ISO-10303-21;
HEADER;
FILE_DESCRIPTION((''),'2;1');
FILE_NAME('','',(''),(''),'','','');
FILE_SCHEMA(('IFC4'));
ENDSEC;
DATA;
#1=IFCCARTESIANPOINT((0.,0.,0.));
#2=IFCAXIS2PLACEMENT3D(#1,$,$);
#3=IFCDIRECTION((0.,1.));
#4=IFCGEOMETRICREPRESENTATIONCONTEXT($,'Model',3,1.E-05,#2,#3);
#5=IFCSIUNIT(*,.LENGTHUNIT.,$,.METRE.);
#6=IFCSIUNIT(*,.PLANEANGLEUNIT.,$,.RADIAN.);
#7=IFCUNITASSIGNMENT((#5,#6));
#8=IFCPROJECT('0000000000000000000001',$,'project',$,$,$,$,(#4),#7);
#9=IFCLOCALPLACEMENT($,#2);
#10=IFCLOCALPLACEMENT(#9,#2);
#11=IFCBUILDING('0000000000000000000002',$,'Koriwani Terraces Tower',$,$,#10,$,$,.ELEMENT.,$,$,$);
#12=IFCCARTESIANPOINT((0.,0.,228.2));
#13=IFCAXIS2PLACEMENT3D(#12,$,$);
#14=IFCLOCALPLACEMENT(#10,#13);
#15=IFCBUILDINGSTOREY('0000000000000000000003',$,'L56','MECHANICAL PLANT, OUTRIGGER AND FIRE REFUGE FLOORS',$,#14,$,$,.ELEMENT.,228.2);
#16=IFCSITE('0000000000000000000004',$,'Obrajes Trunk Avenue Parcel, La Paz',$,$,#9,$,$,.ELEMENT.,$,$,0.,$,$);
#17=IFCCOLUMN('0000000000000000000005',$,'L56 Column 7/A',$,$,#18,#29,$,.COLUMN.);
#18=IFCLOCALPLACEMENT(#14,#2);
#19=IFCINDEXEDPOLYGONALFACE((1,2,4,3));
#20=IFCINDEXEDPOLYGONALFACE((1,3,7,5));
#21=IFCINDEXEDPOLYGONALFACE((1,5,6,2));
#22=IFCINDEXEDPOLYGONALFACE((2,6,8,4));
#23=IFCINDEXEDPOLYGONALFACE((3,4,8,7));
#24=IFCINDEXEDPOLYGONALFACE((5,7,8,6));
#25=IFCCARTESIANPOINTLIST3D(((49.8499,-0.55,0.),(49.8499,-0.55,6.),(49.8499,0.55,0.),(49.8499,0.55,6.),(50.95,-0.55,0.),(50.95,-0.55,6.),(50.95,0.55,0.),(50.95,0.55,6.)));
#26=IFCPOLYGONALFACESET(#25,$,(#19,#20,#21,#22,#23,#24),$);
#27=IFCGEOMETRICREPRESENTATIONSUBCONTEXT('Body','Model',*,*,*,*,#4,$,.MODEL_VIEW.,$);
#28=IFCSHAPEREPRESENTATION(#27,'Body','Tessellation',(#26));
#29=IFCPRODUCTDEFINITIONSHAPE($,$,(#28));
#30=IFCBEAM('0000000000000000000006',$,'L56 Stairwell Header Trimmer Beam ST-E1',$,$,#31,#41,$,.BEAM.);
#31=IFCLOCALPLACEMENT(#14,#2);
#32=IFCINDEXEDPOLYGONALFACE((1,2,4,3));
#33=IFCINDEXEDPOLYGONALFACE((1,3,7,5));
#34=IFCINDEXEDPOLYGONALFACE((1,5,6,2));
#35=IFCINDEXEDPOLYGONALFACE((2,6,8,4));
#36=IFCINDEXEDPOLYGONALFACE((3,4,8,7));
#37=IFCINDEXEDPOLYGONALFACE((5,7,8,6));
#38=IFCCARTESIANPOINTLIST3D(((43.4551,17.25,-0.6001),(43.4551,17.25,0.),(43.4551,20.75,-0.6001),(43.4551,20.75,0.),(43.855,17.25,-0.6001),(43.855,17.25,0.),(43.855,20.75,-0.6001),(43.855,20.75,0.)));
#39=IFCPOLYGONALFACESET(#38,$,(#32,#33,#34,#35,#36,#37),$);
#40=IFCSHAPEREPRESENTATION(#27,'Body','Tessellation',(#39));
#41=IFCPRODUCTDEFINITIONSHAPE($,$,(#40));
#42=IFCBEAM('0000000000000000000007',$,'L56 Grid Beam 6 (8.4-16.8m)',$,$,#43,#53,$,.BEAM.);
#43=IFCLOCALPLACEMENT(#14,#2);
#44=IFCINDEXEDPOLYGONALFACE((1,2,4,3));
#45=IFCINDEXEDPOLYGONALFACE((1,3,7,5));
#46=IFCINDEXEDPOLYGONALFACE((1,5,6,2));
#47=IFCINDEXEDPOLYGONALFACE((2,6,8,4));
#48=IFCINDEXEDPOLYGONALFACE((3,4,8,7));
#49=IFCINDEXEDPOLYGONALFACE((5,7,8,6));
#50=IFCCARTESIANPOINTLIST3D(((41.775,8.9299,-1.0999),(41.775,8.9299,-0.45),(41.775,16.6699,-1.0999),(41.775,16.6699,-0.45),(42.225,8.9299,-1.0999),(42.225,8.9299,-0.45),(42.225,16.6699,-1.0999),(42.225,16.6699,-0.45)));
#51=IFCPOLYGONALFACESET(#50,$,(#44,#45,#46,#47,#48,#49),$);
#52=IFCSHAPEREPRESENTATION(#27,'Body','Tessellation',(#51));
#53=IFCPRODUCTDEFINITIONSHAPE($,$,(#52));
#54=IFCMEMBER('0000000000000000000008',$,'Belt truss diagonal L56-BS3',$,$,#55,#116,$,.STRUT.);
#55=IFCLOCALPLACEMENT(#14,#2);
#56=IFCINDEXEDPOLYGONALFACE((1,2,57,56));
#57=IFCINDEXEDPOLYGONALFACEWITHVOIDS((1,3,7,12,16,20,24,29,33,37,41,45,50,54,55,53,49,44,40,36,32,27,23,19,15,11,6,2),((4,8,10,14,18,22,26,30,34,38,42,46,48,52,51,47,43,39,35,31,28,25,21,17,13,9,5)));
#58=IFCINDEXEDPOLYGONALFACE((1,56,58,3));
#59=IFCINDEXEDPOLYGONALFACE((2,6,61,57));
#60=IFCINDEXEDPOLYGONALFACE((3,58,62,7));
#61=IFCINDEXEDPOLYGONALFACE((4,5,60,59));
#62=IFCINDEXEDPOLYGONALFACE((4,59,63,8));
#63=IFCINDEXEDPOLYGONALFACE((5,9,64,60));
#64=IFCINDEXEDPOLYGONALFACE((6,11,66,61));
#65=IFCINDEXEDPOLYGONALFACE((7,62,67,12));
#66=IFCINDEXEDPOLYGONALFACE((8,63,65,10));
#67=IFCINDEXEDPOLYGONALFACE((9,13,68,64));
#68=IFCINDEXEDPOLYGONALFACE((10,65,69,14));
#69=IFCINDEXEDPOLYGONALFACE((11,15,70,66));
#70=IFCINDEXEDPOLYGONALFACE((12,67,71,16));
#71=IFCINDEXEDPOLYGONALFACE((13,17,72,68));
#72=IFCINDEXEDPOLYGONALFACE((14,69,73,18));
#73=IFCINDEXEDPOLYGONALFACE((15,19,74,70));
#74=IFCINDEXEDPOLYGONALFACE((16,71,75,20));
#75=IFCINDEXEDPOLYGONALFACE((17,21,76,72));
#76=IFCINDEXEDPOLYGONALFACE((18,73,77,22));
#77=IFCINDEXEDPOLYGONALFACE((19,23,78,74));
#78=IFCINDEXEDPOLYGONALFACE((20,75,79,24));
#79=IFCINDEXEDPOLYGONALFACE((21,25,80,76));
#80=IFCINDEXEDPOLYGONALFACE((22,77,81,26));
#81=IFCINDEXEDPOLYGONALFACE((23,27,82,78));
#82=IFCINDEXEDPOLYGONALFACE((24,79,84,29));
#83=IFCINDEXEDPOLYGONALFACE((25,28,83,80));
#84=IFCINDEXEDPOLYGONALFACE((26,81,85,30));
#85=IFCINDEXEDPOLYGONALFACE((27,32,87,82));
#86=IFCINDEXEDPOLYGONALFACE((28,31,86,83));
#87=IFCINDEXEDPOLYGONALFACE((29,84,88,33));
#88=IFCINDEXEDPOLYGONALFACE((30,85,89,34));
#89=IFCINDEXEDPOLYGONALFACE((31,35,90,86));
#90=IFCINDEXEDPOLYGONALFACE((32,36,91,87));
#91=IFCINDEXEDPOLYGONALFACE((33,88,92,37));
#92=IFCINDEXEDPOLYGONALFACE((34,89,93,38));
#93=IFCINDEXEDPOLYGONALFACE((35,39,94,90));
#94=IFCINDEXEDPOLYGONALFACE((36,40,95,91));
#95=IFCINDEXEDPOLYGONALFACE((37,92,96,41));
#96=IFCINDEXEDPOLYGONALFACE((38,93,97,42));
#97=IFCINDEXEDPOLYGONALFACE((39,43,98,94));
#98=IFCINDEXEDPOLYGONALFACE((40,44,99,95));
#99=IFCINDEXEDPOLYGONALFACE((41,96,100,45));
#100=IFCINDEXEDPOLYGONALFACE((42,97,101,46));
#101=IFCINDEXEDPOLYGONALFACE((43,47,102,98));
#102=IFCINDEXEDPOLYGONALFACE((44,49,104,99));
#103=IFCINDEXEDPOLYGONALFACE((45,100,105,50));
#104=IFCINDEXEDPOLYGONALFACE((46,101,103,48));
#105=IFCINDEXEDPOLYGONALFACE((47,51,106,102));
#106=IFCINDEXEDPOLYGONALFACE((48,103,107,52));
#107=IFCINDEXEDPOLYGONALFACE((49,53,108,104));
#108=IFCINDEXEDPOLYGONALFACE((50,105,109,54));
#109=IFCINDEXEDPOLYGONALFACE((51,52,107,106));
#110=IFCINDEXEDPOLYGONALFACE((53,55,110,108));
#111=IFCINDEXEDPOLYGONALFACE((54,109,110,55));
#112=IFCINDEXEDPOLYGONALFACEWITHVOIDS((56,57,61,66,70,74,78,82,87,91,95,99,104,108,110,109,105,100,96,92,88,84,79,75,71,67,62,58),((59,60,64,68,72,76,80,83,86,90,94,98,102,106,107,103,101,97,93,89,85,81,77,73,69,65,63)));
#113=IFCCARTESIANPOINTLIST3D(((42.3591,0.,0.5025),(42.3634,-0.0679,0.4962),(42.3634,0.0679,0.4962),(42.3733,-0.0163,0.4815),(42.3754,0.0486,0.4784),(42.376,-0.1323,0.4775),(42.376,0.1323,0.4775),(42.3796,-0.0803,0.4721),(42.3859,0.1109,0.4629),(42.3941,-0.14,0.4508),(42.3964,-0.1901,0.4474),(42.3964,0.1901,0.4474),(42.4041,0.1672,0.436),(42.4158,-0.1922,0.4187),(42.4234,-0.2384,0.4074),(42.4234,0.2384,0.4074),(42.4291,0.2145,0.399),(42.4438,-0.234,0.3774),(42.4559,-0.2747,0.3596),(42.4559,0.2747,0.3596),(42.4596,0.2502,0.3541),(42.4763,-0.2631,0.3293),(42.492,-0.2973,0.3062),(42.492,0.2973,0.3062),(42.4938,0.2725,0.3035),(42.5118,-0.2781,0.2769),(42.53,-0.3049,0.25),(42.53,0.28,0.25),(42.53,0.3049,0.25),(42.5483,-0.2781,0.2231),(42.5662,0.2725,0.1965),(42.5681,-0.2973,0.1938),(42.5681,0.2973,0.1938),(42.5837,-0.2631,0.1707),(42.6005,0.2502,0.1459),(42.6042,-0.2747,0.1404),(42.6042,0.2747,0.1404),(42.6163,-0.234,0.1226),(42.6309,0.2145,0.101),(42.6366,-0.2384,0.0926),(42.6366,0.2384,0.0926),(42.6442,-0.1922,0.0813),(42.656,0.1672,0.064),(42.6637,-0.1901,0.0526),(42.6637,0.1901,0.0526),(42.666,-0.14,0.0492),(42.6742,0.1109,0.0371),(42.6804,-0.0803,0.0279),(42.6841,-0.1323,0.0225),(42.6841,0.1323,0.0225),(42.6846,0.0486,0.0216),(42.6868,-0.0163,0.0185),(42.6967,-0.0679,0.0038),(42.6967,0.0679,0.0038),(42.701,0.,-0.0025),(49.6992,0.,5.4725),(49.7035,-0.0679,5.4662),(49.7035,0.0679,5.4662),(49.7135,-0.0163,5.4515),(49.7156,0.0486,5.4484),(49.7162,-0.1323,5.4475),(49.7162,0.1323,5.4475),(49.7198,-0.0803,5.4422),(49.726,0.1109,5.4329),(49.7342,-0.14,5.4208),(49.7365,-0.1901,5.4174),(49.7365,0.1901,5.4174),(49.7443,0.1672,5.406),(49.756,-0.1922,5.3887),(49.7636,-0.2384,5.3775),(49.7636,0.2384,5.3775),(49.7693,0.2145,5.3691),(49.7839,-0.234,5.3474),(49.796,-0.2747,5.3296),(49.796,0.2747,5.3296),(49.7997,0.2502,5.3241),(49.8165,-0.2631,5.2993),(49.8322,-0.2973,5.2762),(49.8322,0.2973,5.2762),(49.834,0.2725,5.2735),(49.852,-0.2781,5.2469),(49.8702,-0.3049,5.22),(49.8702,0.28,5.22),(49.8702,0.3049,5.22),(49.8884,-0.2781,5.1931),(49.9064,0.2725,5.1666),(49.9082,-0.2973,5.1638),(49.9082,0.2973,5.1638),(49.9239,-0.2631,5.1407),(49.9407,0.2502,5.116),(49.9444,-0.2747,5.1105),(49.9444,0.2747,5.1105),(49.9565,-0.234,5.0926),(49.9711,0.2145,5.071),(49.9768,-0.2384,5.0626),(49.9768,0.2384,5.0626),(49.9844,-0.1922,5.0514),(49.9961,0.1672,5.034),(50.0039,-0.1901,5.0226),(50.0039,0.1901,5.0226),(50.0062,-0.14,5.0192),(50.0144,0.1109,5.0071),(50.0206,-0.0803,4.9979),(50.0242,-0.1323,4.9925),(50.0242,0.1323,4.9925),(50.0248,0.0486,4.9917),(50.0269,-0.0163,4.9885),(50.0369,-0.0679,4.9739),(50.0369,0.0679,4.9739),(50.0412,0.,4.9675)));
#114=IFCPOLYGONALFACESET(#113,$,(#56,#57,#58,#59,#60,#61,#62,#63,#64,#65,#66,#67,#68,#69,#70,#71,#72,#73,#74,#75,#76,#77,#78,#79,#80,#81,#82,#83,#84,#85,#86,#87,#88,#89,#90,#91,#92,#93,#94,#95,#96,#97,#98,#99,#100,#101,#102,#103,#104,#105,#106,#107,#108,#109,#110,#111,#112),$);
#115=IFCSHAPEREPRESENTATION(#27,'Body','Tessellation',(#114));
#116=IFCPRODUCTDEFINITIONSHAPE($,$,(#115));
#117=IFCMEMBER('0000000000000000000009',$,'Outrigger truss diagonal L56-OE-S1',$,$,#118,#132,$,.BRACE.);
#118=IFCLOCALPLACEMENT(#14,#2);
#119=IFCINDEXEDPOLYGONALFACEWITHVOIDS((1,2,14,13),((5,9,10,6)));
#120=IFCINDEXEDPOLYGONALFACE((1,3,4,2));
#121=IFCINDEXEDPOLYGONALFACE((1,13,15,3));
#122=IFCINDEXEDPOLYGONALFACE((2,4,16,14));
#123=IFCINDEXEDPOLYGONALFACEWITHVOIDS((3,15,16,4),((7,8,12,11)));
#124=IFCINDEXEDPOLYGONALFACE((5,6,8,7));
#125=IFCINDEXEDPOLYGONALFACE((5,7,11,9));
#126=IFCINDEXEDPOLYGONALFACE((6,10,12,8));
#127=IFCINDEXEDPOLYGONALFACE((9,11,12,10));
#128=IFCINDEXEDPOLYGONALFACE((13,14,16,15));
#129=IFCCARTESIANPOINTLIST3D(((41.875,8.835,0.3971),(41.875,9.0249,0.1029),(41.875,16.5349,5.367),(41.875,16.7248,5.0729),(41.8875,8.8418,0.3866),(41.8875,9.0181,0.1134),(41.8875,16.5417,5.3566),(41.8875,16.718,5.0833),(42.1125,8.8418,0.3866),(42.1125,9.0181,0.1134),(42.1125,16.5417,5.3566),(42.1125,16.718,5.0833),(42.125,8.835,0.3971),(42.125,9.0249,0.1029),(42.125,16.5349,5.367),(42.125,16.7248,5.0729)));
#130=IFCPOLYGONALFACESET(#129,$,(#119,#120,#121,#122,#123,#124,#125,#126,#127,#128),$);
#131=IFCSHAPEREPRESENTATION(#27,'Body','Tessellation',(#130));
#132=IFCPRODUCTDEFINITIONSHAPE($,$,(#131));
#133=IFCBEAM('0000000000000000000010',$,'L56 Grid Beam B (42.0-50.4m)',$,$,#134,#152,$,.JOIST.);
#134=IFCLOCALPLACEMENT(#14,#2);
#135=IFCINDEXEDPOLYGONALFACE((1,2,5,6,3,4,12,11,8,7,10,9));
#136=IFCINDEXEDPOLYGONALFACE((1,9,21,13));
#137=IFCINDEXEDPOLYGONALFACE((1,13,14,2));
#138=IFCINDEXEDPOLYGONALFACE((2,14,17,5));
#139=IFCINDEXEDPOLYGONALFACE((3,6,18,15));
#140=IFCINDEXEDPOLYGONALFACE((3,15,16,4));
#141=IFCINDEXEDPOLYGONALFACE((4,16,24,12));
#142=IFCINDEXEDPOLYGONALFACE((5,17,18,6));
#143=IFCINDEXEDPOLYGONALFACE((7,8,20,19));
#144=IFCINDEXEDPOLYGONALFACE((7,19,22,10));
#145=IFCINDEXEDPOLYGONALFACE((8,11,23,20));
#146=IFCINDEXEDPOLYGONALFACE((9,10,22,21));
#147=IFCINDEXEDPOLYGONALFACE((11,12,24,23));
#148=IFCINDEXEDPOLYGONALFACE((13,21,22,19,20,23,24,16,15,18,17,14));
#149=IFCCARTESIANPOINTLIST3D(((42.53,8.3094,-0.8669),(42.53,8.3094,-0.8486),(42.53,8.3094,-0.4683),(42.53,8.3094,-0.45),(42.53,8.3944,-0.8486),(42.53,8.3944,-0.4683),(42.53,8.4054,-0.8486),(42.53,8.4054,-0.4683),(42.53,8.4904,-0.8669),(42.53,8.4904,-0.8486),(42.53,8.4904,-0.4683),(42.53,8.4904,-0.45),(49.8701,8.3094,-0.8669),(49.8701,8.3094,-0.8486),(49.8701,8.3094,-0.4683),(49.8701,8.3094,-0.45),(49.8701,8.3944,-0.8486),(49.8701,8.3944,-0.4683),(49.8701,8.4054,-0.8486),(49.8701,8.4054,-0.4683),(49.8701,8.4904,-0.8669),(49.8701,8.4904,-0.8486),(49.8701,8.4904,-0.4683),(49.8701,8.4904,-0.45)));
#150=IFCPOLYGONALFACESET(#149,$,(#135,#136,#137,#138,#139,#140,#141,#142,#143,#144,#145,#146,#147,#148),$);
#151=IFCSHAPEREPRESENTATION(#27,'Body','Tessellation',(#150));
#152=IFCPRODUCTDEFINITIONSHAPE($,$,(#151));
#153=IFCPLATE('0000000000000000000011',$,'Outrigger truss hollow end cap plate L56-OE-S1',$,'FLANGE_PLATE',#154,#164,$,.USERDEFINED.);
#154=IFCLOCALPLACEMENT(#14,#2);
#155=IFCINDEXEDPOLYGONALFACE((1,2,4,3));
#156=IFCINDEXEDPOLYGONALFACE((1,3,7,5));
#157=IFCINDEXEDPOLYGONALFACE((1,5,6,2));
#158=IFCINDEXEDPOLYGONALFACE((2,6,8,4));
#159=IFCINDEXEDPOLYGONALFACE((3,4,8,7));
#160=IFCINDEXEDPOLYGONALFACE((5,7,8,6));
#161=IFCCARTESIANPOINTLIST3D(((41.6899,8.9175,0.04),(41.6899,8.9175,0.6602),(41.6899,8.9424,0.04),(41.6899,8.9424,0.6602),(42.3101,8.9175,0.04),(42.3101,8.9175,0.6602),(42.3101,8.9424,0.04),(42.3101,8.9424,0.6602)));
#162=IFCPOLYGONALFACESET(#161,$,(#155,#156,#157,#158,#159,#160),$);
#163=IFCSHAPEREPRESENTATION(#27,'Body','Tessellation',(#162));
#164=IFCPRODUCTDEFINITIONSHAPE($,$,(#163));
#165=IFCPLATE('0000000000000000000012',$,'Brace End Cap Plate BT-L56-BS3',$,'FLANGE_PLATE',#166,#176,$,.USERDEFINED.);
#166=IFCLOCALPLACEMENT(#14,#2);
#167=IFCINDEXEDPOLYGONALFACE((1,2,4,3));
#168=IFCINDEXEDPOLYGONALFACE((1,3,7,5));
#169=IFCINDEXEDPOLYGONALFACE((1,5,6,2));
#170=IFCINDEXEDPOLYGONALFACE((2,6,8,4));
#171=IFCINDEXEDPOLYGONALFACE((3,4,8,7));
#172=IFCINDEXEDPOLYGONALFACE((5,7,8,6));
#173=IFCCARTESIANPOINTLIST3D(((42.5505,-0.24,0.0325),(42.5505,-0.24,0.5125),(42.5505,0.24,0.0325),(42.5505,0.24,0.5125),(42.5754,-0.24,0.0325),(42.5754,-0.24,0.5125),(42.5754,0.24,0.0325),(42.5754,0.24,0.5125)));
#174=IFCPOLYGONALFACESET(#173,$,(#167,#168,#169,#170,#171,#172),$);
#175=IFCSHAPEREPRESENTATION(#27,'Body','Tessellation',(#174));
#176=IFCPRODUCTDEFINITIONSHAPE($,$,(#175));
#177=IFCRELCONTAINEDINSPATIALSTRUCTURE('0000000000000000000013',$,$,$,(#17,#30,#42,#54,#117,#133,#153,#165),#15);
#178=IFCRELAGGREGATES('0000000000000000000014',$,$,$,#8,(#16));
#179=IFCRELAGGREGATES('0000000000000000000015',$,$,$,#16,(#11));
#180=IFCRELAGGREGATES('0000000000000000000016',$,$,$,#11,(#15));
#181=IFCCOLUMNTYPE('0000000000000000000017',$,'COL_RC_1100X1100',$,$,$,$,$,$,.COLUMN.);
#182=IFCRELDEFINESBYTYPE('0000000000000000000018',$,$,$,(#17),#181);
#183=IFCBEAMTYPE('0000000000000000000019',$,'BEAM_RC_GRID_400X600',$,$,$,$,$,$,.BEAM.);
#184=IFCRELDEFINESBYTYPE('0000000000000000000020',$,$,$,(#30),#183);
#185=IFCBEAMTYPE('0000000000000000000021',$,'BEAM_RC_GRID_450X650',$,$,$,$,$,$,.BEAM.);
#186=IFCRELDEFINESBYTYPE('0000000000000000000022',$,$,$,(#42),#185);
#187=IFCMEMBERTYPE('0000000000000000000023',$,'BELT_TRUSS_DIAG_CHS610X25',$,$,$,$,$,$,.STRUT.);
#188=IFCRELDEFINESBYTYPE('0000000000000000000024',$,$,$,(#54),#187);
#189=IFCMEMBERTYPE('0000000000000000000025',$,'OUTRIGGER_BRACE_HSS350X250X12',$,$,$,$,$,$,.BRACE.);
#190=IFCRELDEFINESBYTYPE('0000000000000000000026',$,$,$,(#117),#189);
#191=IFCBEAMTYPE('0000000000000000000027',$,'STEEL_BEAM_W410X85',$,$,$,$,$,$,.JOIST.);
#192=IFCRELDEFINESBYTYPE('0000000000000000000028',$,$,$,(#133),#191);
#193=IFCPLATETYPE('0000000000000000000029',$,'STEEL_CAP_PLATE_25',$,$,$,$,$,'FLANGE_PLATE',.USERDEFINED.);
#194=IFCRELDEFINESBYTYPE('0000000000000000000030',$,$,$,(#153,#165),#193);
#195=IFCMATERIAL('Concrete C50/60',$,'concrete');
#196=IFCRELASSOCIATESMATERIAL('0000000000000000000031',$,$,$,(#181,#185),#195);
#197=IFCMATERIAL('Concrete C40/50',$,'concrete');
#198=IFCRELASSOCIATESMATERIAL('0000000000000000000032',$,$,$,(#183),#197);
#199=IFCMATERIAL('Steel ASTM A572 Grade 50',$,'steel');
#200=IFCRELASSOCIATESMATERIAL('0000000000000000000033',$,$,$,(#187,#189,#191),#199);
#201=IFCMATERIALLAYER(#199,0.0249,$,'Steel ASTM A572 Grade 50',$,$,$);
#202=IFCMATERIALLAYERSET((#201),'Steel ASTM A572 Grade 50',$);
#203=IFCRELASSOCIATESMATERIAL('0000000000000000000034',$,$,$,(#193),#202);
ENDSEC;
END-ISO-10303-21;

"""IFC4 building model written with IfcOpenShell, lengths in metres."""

from ifc_helpers import new_model, si_unit, direction, frame, origin, origin_2d, place, context, subcontext, project, spatial, rectangle, hollow_rectangle, hollow_circle, i_section, extrude, material, layer, layer_set, material_profile, profile_set, type_object, element, save


model = new_model("IFC4")

# Units and contexts
model_context = context("Model", 3, precision=1e-05, world=origin(), true_north=direction((0.0, 1.0)))
body_context = subcontext(model_context, "Body", "Model", "MODEL_VIEW")
ifc_project = project(units=[si_unit("LENGTHUNIT", "METRE"), si_unit("PLANEANGLEUNIT", "RADIAN")], contexts=[model_context])

# Site, building, storey
site_placement = place(None, origin())
site = spatial("IfcSite", under=ifc_project, at=site_placement, Name="Obrajes Trunk Avenue Parcel, La Paz", CompositionType="ELEMENT", RefElevation=0.0)
building_placement = place(site_placement, origin())
building = spatial("IfcBuilding", under=site, at=building_placement, Name="Koriwani Terraces Tower", CompositionType="ELEMENT")
storey_placement = place(building_placement, frame((0.0, 0.0, 228.2)))
storey = spatial("IfcBuildingStorey", under=building, at=storey_placement, Name="L56", Description="MECHANICAL PLANT, OUTRIGGER AND FIRE REFUGE FLOORS", CompositionType="ELEMENT", Elevation=228.2)

# Column
ifc_material_1 = material(Name="Concrete C50/60", Category="concrete")
ifc_material_profile_1 = material_profile(ifc_material_1, rectangle(XDim=1.1001, YDim=1.1001, at=origin_2d()), Name="Concrete C50/60", Category="LoadBearing")
ifc_profile_set_1 = profile_set([ifc_material_profile_1], Name="Concrete C50/60")
column_type = type_object("IfcColumnType", Name="COL_RC_1100X1100", PredefinedType="COLUMN", material=ifc_profile_set_1)
column_placement = place(storey_placement, frame((50.3999, 0.0, 0.0), z_axis=(0.0, 0.0, 1.0), x_axis=(1.0, 0.0, 0.0)))
element("IfcColumn", 1, at=column_placement, inside=storey, type_object=column_type, Name="L56 Column 7/A", PredefinedType="COLUMN", context=body_context, shape_type="SweptSolid", body=[
    extrude(rectangle(XDim=1.1001, YDim=1.1001, at=origin_2d()), origin(), (0.0, 0.0, 1.0), 6.0),
])

# Beams
ifc_material_2 = material(Name="Concrete C40/50", Category="concrete")
ifc_material_profile_2 = material_profile(ifc_material_2, rectangle(XDim=0.3999, YDim=0.6001, at=origin_2d()), Name="Concrete C40/50", Category="LoadBearing")
ifc_profile_set_2 = profile_set([ifc_material_profile_2], Name="Concrete C40/50")
beam_type_1 = type_object("IfcBeamType", Name="BEAM_RC_GRID_400X600", PredefinedType="BEAM", material=ifc_profile_set_2)
beam_1_placement = place(storey_placement, frame((43.655, 17.25, -0.3), z_axis=(0.0, 1.0, 0.0), x_axis=(-1.0, 0.0, 0.0)))
element("IfcBeam", 2, at=beam_1_placement, inside=storey, type_object=beam_type_1, Name="L56 Stairwell Header Trimmer Beam ST-E1", PredefinedType="BEAM", context=body_context, shape_type="SweptSolid", body=[
    extrude(rectangle(XDim=0.3999, YDim=0.6001, at=origin_2d()), origin(), (0.0, 0.0, 1.0), 3.5),
])
ifc_material_profile_3 = material_profile(ifc_material_1, rectangle(XDim=0.45, YDim=0.6499, at=origin_2d()), Name="Concrete C50/60", Category="LoadBearing")
ifc_profile_set_3 = profile_set([ifc_material_profile_3], Name="Concrete C50/60")
beam_type_2 = type_object("IfcBeamType", Name="BEAM_RC_GRID_450X650", PredefinedType="BEAM", material=ifc_profile_set_3)
beam_2_placement = place(storey_placement, frame((42.0, 8.9299, -0.7749), z_axis=(0.0, 1.0, 0.0), x_axis=(-1.0, 0.0, 0.0)))
element("IfcBeam", 3, at=beam_2_placement, inside=storey, type_object=beam_type_2, Name="L56 Grid Beam 6 (8.4-16.8m)", PredefinedType="BEAM", context=body_context, shape_type="SweptSolid", body=[
    extrude(rectangle(XDim=0.45, YDim=0.6499, at=origin_2d()), origin(), (0.0, 0.0, 1.0), 7.74),
])

# Members
ifc_material_3 = material(Name="Steel ASTM A572 Grade 50", Category="steel")
ifc_material_profile_4 = material_profile(ifc_material_3, hollow_circle(Radius=0.3049, WallThickness=0.0249, at=origin_2d()), Name="Steel ASTM A572 Grade 50", Category="LoadBearing")
ifc_profile_set_4 = profile_set([ifc_material_profile_4], Name="Steel ASTM A572 Grade 50")
member_type_1 = type_object("IfcMemberType", Name="BELT_TRUSS_DIAG_CHS610X25", PredefinedType="STRUT", material=ifc_profile_set_4)
member_1_placement = place(storey_placement, frame((42.53, 0.0, 0.25), z_axis=(0.828042, 0.0, 0.560667), x_axis=(0.0, 1.0, 0.0)))
element("IfcMember", 4, at=member_1_placement, inside=storey, type_object=member_type_1, Name="Belt truss diagonal L56-BS3", PredefinedType="STRUT", context=body_context, shape_type="SweptSolid", body=[
    extrude(hollow_circle(Radius=0.3049, WallThickness=0.0249, at=origin_2d()), origin(), (0.0, 0.0, 1.0), 8.8645),
])
ifc_material_profile_5 = material_profile(ifc_material_3, hollow_rectangle(XDim=0.25, YDim=0.3501, WallThickness=0.0125, at=origin_2d()), Name="Steel ASTM A572 Grade 50", Category="LoadBearing")
ifc_profile_set_5 = profile_set([ifc_material_profile_5], Name="Steel ASTM A572 Grade 50")
member_type_2 = type_object("IfcMemberType", Name="OUTRIGGER_BRACE_HSS350X250X12", PredefinedType="BRACE", material=ifc_profile_set_5)
member_2_placement = place(storey_placement, frame((42.0, 8.9299, 0.25), z_axis=(0.0, 0.840184, 0.542301), x_axis=(-1.0, 0.0, 0.0)))
element("IfcMember", 5, at=member_2_placement, inside=storey, type_object=member_type_2, Name="Outrigger truss diagonal L56-OE-S1", PredefinedType="BRACE", context=body_context, shape_type="SweptSolid", body=[
    extrude(hollow_rectangle(XDim=0.25, YDim=0.3501, WallThickness=0.0125, at=origin_2d()), origin(), (0.0, 0.0, 1.0), 9.1646),
])

# Beam
ifc_material_profile_6 = material_profile(ifc_material_3, i_section(OverallWidth=0.1809, OverallDepth=0.417, WebThickness=0.011, FlangeThickness=0.0183, at=origin_2d()), Name="Steel ASTM A572 Grade 50", Category="LoadBearing")
ifc_profile_set_6 = profile_set([ifc_material_profile_6], Name="Steel ASTM A572 Grade 50")
beam_type_3 = type_object("IfcBeamType", Name="STEEL_BEAM_W410X85", PredefinedType="JOIST", material=ifc_profile_set_6)
beam_3_placement = place(storey_placement, frame((42.53, 8.3999, -0.6584), z_axis=(1.0, 0.0, 0.0), x_axis=(0.0, 1.0, 0.0)))
element("IfcBeam", 6, at=beam_3_placement, inside=storey, type_object=beam_type_3, Name="L56 Grid Beam B (42.0-50.4m)", PredefinedType="JOIST", context=body_context, shape_type="SweptSolid", body=[
    extrude(i_section(OverallWidth=0.1809, OverallDepth=0.417, WebThickness=0.011, FlangeThickness=0.0183, at=origin_2d()), origin(), (0.0, 0.0, 1.0), 7.3401),
])

# Plates
ifc_layer_1 = layer(ifc_material_3, 0.0249, Name="Steel ASTM A572 Grade 50")
ifc_layer_set_1 = layer_set([ifc_layer_1], Name="Steel ASTM A572 Grade 50")
plate_type_1 = type_object("IfcPlateType", Name="STEEL_CAP_PLATE_25", ElementType="FLANGE_PLATE", PredefinedType="USERDEFINED", material=ifc_layer_set_1)
plate_1_placement = place(storey_placement, frame((42.0, 8.9299, 0.04), z_axis=(0.0, 0.0, 1.0), x_axis=(0.0, 1.0, 0.0)))
element("IfcPlate", 7, at=plate_1_placement, inside=storey, type_object=plate_type_1, Name="Outrigger truss hollow end cap plate L56-OE-S1", ObjectType="FLANGE_PLATE", PredefinedType="USERDEFINED", context=body_context, shape_type="SweptSolid", body=[
    extrude(rectangle(XDim=0.0249, YDim=0.6201, at=origin_2d()), origin(), (0.0, 0.0, 1.0), 0.6201),
])
plate_2_placement = place(storey_placement, frame((42.563, 0.0, 0.0325), z_axis=(0.0, 0.0, 1.0), x_axis=(1.0, 0.0, 0.0)))
element("IfcPlate", 8, at=plate_2_placement, inside=storey, type_object=plate_type_1, Name="Brace End Cap Plate BT-L56-BS3", ObjectType="FLANGE_PLATE", PredefinedType="USERDEFINED", context=body_context, shape_type="SweptSolid", body=[
    extrude(rectangle(XDim=0.0249, YDim=0.48, at=origin_2d()), origin(), (0.0, 0.0, 1.0), 0.48),
])

save(model, "model.ifc")
